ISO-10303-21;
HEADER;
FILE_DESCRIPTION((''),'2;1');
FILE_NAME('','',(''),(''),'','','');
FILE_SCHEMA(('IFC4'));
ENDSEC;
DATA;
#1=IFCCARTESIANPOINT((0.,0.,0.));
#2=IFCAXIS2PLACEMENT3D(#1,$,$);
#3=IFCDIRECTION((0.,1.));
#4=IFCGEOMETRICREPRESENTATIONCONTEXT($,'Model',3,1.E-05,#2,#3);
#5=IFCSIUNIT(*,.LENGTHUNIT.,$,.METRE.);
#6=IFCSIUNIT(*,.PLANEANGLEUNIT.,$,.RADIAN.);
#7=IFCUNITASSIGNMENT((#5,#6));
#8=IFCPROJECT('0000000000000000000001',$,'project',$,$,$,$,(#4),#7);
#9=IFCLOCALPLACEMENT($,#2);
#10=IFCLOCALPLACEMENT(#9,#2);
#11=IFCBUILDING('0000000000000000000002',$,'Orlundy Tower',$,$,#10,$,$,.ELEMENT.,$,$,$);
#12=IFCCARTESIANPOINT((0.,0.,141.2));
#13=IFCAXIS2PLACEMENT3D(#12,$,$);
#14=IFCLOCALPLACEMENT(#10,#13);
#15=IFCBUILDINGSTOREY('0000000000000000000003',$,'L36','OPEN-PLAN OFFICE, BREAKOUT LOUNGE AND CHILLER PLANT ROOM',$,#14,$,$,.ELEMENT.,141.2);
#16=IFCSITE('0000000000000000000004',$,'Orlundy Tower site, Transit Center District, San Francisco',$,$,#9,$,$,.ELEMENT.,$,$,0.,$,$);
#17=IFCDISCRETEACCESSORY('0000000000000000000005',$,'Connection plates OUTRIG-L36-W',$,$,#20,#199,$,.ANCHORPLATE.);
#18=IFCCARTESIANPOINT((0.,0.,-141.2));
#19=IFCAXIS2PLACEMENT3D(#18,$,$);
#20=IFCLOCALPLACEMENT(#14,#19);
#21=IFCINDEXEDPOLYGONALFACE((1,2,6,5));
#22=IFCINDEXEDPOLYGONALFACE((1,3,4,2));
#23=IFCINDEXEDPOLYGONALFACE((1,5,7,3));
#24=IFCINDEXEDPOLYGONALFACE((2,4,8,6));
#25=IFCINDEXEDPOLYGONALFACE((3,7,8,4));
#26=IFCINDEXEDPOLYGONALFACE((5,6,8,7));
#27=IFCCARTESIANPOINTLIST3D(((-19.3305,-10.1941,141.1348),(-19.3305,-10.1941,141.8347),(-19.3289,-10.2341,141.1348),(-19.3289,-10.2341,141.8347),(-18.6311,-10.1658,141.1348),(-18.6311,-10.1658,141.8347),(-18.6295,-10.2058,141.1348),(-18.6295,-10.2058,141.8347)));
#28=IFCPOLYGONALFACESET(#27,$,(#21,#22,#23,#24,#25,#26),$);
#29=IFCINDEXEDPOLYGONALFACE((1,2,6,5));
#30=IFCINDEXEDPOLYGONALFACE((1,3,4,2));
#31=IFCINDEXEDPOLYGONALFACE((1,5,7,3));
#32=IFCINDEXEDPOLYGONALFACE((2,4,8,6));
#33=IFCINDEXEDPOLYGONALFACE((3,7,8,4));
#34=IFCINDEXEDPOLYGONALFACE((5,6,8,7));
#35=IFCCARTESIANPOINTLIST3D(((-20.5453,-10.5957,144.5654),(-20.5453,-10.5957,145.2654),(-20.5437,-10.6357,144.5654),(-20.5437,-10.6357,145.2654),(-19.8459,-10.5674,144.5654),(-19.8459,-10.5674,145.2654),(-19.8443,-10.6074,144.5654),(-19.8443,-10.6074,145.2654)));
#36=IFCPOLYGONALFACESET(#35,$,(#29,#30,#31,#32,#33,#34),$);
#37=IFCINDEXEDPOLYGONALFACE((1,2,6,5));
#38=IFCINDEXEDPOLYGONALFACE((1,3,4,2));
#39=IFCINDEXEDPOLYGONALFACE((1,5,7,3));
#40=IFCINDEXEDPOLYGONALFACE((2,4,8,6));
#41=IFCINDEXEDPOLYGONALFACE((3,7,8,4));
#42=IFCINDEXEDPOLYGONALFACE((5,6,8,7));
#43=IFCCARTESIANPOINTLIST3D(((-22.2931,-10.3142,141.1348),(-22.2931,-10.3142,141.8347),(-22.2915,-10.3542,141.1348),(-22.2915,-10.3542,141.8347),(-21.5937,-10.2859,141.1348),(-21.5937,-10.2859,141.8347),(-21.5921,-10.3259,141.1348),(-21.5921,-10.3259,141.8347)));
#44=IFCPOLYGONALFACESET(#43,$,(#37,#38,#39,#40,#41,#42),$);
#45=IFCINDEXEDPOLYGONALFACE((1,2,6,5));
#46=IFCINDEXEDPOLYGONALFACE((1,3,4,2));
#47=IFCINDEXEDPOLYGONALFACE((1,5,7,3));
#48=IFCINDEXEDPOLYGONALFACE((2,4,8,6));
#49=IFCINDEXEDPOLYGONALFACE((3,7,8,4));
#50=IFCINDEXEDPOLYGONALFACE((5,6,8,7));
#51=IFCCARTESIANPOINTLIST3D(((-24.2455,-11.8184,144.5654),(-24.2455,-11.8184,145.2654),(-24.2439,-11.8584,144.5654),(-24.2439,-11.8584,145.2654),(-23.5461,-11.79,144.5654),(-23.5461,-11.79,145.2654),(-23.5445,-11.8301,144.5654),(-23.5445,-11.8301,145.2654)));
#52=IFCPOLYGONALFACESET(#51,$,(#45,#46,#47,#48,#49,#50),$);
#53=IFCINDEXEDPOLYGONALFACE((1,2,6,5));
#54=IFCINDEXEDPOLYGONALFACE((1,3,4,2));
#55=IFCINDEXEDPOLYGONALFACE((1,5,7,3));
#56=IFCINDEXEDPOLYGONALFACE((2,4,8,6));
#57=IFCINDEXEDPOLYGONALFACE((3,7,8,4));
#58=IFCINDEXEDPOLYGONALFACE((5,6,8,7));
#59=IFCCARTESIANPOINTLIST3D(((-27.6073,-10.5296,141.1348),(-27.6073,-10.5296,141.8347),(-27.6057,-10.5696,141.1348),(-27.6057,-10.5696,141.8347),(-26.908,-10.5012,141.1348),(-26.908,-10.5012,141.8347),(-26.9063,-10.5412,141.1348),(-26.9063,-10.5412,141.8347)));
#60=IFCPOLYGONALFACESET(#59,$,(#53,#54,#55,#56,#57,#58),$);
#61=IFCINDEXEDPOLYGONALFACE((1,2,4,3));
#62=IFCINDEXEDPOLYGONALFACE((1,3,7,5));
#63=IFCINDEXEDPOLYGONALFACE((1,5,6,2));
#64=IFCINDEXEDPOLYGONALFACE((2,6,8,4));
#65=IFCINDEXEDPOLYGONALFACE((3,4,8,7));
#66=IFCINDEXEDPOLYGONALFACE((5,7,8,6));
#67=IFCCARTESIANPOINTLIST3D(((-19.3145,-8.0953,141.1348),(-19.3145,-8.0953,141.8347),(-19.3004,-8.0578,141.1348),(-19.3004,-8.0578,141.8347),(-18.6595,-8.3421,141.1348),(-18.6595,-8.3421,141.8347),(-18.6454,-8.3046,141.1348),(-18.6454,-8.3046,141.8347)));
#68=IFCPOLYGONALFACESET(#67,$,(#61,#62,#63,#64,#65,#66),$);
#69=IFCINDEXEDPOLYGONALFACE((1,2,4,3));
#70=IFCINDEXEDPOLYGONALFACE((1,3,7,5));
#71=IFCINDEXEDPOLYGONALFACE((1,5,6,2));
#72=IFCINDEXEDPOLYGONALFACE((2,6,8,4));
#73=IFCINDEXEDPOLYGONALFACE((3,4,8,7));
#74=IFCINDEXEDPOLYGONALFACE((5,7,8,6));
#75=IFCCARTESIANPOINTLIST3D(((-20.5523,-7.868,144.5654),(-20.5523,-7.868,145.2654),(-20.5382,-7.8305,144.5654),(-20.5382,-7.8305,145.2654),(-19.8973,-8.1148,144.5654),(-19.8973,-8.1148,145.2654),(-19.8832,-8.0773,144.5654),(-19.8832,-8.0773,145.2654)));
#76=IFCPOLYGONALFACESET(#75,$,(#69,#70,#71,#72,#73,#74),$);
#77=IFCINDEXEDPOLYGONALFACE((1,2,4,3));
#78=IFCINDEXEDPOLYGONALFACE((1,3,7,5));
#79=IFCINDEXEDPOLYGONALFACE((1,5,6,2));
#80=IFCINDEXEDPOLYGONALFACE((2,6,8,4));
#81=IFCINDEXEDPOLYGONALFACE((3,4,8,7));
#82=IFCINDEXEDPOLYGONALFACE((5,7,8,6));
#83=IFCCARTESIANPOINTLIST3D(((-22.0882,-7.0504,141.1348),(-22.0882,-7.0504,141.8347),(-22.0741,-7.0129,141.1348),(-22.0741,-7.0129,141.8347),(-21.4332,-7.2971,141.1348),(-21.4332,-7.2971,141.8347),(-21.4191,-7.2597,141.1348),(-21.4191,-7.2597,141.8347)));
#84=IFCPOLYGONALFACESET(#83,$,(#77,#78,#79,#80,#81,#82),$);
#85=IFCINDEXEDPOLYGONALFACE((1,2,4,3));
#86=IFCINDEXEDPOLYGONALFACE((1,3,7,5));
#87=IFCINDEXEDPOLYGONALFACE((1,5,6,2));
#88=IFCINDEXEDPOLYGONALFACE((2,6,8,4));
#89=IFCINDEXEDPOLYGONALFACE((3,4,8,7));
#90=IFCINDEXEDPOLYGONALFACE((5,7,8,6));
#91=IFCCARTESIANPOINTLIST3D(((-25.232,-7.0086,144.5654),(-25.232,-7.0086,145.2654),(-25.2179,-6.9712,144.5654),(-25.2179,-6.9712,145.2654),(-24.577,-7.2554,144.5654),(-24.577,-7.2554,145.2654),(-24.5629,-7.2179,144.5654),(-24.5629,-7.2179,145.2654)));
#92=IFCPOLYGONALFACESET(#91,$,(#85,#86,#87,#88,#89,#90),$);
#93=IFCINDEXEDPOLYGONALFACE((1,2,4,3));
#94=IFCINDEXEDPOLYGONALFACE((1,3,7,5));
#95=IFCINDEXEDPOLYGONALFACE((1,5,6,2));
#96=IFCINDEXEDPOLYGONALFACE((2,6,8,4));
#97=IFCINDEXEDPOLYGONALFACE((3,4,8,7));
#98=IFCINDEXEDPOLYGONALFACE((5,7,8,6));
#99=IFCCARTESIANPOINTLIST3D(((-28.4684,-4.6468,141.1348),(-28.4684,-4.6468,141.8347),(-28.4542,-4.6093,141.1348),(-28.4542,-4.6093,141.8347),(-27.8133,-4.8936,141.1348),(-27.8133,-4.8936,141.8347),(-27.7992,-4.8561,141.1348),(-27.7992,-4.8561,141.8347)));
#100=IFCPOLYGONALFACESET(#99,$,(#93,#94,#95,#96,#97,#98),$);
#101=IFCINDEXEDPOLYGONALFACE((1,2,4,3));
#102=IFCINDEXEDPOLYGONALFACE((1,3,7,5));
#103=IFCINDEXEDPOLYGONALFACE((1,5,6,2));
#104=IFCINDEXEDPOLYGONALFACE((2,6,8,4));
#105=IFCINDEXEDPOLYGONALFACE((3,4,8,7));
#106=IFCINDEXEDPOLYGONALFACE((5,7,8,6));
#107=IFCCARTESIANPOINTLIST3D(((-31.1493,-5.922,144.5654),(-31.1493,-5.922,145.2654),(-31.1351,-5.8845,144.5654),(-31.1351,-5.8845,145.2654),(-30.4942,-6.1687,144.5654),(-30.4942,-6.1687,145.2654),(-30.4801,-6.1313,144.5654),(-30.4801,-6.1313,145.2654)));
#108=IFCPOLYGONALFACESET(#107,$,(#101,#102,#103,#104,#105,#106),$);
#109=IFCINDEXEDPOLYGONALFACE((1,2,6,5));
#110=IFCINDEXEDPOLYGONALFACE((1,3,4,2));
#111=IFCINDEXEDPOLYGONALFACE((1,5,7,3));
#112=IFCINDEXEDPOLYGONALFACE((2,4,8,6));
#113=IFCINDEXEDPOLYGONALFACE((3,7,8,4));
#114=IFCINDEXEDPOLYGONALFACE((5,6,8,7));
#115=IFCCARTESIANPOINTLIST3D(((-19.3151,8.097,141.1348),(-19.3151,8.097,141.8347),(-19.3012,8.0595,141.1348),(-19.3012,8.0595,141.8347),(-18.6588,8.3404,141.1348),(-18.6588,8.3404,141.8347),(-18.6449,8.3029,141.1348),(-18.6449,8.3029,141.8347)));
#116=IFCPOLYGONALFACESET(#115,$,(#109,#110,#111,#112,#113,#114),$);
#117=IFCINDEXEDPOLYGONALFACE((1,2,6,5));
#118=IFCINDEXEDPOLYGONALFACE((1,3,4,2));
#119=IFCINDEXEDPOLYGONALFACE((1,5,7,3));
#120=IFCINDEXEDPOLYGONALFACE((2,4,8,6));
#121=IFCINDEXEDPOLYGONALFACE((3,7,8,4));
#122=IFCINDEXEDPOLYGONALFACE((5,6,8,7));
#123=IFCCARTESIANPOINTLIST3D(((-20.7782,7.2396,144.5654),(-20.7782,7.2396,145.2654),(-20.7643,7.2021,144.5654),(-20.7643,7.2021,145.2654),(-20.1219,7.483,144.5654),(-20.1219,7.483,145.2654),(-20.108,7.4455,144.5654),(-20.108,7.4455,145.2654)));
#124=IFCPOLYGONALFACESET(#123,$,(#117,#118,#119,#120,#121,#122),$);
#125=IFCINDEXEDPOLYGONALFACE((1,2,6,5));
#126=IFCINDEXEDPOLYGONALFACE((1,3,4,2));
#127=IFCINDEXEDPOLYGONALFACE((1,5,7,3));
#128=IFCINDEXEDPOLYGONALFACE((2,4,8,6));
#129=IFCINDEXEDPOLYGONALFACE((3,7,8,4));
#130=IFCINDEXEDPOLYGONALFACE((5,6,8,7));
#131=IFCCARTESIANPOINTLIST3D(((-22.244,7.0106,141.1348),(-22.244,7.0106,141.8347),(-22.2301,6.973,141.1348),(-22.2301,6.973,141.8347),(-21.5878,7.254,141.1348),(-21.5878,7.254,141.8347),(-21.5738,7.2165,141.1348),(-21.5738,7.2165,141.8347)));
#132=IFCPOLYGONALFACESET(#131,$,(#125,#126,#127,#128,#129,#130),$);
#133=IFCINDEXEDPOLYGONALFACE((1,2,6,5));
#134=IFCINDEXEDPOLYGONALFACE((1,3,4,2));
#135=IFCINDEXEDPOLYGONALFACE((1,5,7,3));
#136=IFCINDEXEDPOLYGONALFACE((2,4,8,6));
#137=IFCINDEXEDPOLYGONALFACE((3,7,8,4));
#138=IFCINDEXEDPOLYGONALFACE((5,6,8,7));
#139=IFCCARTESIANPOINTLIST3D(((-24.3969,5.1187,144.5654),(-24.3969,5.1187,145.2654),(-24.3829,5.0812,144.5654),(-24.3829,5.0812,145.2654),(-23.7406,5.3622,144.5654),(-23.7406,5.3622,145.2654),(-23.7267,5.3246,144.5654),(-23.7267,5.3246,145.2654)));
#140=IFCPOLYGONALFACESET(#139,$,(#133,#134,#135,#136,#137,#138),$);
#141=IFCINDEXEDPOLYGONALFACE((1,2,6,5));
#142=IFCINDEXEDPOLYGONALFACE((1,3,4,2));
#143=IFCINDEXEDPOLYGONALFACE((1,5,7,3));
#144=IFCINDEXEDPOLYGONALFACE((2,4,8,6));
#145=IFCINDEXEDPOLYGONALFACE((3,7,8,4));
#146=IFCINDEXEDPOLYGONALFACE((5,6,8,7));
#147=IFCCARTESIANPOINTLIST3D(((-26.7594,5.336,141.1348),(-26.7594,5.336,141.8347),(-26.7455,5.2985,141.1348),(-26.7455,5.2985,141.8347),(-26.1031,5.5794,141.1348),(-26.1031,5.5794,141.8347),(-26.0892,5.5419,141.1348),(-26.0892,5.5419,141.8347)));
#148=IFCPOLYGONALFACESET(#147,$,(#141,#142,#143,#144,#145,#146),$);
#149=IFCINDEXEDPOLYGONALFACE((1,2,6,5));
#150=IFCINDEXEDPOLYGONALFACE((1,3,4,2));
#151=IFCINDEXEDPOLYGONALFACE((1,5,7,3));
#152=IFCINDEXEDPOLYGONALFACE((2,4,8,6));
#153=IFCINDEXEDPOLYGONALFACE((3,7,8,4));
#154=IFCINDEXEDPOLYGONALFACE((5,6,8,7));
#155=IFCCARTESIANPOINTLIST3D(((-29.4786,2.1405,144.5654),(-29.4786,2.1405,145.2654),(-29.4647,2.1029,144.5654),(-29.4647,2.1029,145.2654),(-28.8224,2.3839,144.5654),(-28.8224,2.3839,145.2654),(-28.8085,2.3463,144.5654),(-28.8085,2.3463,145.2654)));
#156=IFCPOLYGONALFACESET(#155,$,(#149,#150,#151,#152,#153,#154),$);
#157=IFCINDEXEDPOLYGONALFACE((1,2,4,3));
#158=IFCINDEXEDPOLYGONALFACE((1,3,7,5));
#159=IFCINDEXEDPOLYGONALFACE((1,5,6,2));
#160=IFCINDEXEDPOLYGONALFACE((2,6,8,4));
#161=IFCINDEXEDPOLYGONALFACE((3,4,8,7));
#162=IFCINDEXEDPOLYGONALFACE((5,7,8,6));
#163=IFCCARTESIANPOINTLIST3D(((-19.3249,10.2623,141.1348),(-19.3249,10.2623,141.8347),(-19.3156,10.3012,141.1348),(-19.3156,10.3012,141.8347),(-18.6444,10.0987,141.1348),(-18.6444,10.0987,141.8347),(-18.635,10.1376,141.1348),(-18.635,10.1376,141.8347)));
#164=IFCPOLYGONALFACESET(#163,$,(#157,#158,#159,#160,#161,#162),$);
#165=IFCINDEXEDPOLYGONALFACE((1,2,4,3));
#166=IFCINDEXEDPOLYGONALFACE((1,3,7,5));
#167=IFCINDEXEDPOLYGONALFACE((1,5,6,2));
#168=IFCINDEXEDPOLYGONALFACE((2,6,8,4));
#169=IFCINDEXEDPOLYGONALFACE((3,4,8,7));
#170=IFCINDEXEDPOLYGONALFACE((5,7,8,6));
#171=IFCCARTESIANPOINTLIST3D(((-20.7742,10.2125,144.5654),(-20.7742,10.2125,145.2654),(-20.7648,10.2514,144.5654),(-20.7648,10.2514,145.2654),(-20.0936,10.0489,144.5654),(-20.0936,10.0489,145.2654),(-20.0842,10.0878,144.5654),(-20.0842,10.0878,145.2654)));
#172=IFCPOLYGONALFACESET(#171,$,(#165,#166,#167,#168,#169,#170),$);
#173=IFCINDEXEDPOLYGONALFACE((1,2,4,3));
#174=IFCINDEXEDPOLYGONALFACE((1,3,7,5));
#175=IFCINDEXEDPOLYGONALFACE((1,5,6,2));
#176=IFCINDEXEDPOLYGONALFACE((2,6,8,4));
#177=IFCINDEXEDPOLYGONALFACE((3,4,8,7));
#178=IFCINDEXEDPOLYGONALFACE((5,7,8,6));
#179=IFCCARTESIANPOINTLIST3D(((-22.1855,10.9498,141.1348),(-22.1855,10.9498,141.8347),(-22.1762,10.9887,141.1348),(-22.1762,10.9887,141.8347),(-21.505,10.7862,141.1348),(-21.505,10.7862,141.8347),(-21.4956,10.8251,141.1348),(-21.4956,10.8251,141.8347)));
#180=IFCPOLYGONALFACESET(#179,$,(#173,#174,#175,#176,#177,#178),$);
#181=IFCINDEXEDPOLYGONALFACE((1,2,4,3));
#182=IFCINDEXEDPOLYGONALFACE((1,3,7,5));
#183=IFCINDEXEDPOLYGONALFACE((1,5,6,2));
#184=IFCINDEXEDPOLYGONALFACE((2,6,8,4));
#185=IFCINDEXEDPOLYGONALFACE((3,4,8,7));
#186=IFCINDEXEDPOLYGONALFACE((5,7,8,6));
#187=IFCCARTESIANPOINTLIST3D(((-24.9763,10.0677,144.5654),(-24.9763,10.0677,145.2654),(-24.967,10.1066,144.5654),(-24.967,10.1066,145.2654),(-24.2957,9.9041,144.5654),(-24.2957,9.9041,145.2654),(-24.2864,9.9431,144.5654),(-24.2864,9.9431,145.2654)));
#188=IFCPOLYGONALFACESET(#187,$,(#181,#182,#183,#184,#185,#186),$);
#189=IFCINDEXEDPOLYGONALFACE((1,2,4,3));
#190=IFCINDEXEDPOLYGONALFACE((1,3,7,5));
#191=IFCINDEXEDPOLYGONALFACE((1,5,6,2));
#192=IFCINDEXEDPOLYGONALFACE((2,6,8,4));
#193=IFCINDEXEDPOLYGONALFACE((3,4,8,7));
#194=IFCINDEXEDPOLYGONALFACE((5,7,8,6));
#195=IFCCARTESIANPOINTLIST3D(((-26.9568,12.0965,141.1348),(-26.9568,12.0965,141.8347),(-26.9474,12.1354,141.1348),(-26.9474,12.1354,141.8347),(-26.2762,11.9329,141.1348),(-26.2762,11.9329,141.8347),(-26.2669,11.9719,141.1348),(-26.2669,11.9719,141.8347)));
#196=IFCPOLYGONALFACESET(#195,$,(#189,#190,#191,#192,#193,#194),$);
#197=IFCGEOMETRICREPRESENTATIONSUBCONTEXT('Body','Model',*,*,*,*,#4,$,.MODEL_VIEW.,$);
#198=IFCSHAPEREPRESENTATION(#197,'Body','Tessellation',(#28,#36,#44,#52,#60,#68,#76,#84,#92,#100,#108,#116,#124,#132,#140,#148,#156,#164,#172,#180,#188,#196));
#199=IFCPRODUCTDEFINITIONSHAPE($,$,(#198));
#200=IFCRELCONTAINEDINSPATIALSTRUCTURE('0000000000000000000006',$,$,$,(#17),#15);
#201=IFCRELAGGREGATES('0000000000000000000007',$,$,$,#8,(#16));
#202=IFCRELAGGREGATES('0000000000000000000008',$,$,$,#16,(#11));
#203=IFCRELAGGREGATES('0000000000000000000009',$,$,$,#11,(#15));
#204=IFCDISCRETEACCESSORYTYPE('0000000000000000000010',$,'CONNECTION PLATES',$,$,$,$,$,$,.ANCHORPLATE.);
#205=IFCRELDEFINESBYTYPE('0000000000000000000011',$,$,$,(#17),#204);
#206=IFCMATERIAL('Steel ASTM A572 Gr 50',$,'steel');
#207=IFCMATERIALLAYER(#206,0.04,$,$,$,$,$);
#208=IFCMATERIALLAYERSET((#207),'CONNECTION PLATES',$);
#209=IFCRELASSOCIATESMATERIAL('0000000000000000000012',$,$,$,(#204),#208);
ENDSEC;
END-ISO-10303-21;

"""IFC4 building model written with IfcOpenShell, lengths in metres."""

from ifc_helpers import new_model, si_unit, direction, frame, origin, origin_2d, place, context, subcontext, project, spatial, rectangle, extrude, material, layer, layer_set, type_object, element, save


model = new_model("IFC4")

# Units and contexts
model_context = context("Model", 3, precision=1e-05, world=origin(), true_north=direction((0.0, 1.0)))
body_context = subcontext(model_context, "Body", "Model", "MODEL_VIEW")
ifc_project = project(units=[si_unit("LENGTHUNIT", "METRE"), si_unit("PLANEANGLEUNIT", "RADIAN")], contexts=[model_context])

# Site, building, storey
site_placement = place(None, origin())
site = spatial("IfcSite", under=ifc_project, at=site_placement, Name="Orlundy Tower site, Transit Center District, San Francisco", CompositionType="ELEMENT", RefElevation=0.0)
building_placement = place(site_placement, origin())
building = spatial("IfcBuilding", under=site, at=building_placement, Name="Orlundy Tower", CompositionType="ELEMENT")
storey_placement = place(building_placement, frame((0.0, 0.0, 141.2)))
storey = spatial("IfcBuildingStorey", under=building, at=storey_placement, Name="L36", Description="OPEN-PLAN OFFICE, BREAKOUT LOUNGE AND CHILLER PLANT ROOM", CompositionType="ELEMENT", Elevation=141.2)

# Discrete accessory
ifc_material_1 = material(Name="Steel ASTM A572 Gr 50", Category="steel")
ifc_layer = layer(ifc_material_1, 0.04)
ifc_layer_set = layer_set([ifc_layer], Name="CONNECTION PLATES")
discrete_accessory_type = type_object("IfcDiscreteAccessoryType", Name="CONNECTION PLATES", PredefinedType="ANCHORPLATE", material=ifc_layer_set)
discrete_accessory_1_placement = place(storey_placement, frame((0.0, 0.0, -141.2)))
element("IfcDiscreteAccessory", 1, at=discrete_accessory_1_placement, inside=storey, type_object=discrete_accessory_type, Name="Connection plates OUTRIG-L36-W", PredefinedType="ANCHORPLATE", context=body_context, shape_type="SweptSolid", body=[
    extrude(rectangle(XDim=0.7, YDim=0.04, at=origin_2d()), frame((-18.98, -10.2, 141.1348), z_axis=(0.0, 0.0, 1.0), x_axis=(-0.99918, -0.040481, 0.0)), (0.0, 0.0, 1.0), 0.7),
    extrude(rectangle(XDim=0.7, YDim=0.04, at=origin_2d()), frame((-20.1948, -10.6016, 144.5654), z_axis=(0.0, 0.0, 1.0), x_axis=(-0.99918, -0.040481, 0.0)), (0.0, 0.0, 1.0), 0.7),
    extrude(rectangle(XDim=0.7, YDim=0.04, at=origin_2d()), frame((-21.9426, -10.3201, 141.1348), z_axis=(0.0, 0.0, 1.0), x_axis=(-0.99918, -0.040481, 0.0)), (0.0, 0.0, 1.0), 0.7),
    extrude(rectangle(XDim=0.7, YDim=0.04, at=origin_2d()), frame((-23.895, -11.8242, 144.5654), z_axis=(0.0, 0.0, 1.0), x_axis=(-0.99918, -0.040481, 0.0)), (0.0, 0.0, 1.0), 0.7),
    extrude(rectangle(XDim=0.7, YDim=0.04, at=origin_2d()), frame((-27.2568, -10.5354, 141.1348), z_axis=(0.0, 0.0, 1.0), x_axis=(-0.99918, -0.040481, 0.0)), (0.0, 0.0, 1.0), 0.7),
    extrude(rectangle(XDim=0.7, YDim=0.04, at=origin_2d()), frame((-18.98, -8.2, 141.1348), z_axis=(0.0, 0.0, 1.0), x_axis=(-0.935795, 0.352544, 0.0)), (0.0, 0.0, 1.0), 0.7),
    extrude(rectangle(XDim=0.7, YDim=0.04, at=origin_2d()), frame((-20.2178, -7.9727, 144.5654), z_axis=(0.0, 0.0, 1.0), x_axis=(-0.935795, 0.352544, 0.0)), (0.0, 0.0, 1.0), 0.7),
    extrude(rectangle(XDim=0.7, YDim=0.04, at=origin_2d()), frame((-21.7537, -7.155, 141.1348), z_axis=(0.0, 0.0, 1.0), x_axis=(-0.935795, 0.352544, 0.0)), (0.0, 0.0, 1.0), 0.7),
    extrude(rectangle(XDim=0.7, YDim=0.04, at=origin_2d()), frame((-24.8975, -7.1133, 144.5654), z_axis=(0.0, 0.0, 1.0), x_axis=(-0.935795, 0.352544, 0.0)), (0.0, 0.0, 1.0), 0.7),
    extrude(rectangle(XDim=0.7, YDim=0.04, at=origin_2d()), frame((-28.1338, -4.7515, 141.1348), z_axis=(0.0, 0.0, 1.0), x_axis=(-0.935795, 0.352544, 0.0)), (0.0, 0.0, 1.0), 0.7),
    extrude(rectangle(XDim=0.7, YDim=0.04, at=origin_2d()), frame((-30.8147, -6.0266, 144.5654), z_axis=(0.0, 0.0, 1.0), x_axis=(-0.935795, 0.352544, 0.0)), (0.0, 0.0, 1.0), 0.7),
    extrude(rectangle(XDim=0.7, YDim=0.04, at=origin_2d()), frame((-18.98, 8.2, 141.1348), z_axis=(0.0, 0.0, 1.0), x_axis=(-0.937586, -0.347754, 0.0)), (0.0, 0.0, 1.0), 0.7),
    extrude(rectangle(XDim=0.7, YDim=0.04, at=origin_2d()), frame((-20.4431, 7.3425, 144.5654), z_axis=(0.0, 0.0, 1.0), x_axis=(-0.937586, -0.347754, 0.0)), (0.0, 0.0, 1.0), 0.7),
    extrude(rectangle(XDim=0.7, YDim=0.04, at=origin_2d()), frame((-21.9089, 7.1135, 141.1348), z_axis=(0.0, 0.0, 1.0), x_axis=(-0.937586, -0.347754, 0.0)), (0.0, 0.0, 1.0), 0.7),
    extrude(rectangle(XDim=0.7, YDim=0.04, at=origin_2d()), frame((-24.0618, 5.2217, 144.5654), z_axis=(0.0, 0.0, 1.0), x_axis=(-0.937586, -0.347754, 0.0)), (0.0, 0.0, 1.0), 0.7),
    extrude(rectangle(XDim=0.7, YDim=0.04, at=origin_2d()), frame((-26.4243, 5.439, 141.1348), z_axis=(0.0, 0.0, 1.0), x_axis=(-0.937586, -0.347754, 0.0)), (0.0, 0.0, 1.0), 0.7),
    extrude(rectangle(XDim=0.7, YDim=0.04, at=origin_2d()), frame((-29.1436, 2.2434, 144.5654), z_axis=(0.0, 0.0, 1.0), x_axis=(-0.937586, -0.347754, 0.0)), (0.0, 0.0, 1.0), 0.7),
    extrude(rectangle(XDim=0.7, YDim=0.04, at=origin_2d()), frame((-18.98, 10.2, 141.1348), z_axis=(0.0, 0.0, 1.0), x_axis=(-0.972317, 0.233666, 0.0)), (0.0, 0.0, 1.0), 0.7),
    extrude(rectangle(XDim=0.7, YDim=0.04, at=origin_2d()), frame((-20.4292, 10.1501, 144.5654), z_axis=(0.0, 0.0, 1.0), x_axis=(-0.972317, 0.233666, 0.0)), (0.0, 0.0, 1.0), 0.7),
    extrude(rectangle(XDim=0.7, YDim=0.04, at=origin_2d()), frame((-21.8406, 10.8875, 141.1348), z_axis=(0.0, 0.0, 1.0), x_axis=(-0.972317, 0.233666, 0.0)), (0.0, 0.0, 1.0), 0.7),
    extrude(rectangle(XDim=0.7, YDim=0.04, at=origin_2d()), frame((-24.6313, 10.0054, 144.5654), z_axis=(0.0, 0.0, 1.0), x_axis=(-0.972317, 0.233666, 0.0)), (0.0, 0.0, 1.0), 0.7),
    extrude(rectangle(XDim=0.7, YDim=0.04, at=origin_2d()), frame((-26.6118, 12.0342, 141.1348), z_axis=(0.0, 0.0, 1.0), x_axis=(-0.972317, 0.233666, 0.0)), (0.0, 0.0, 1.0), 0.7),
])

save(model, "model.ifc")
